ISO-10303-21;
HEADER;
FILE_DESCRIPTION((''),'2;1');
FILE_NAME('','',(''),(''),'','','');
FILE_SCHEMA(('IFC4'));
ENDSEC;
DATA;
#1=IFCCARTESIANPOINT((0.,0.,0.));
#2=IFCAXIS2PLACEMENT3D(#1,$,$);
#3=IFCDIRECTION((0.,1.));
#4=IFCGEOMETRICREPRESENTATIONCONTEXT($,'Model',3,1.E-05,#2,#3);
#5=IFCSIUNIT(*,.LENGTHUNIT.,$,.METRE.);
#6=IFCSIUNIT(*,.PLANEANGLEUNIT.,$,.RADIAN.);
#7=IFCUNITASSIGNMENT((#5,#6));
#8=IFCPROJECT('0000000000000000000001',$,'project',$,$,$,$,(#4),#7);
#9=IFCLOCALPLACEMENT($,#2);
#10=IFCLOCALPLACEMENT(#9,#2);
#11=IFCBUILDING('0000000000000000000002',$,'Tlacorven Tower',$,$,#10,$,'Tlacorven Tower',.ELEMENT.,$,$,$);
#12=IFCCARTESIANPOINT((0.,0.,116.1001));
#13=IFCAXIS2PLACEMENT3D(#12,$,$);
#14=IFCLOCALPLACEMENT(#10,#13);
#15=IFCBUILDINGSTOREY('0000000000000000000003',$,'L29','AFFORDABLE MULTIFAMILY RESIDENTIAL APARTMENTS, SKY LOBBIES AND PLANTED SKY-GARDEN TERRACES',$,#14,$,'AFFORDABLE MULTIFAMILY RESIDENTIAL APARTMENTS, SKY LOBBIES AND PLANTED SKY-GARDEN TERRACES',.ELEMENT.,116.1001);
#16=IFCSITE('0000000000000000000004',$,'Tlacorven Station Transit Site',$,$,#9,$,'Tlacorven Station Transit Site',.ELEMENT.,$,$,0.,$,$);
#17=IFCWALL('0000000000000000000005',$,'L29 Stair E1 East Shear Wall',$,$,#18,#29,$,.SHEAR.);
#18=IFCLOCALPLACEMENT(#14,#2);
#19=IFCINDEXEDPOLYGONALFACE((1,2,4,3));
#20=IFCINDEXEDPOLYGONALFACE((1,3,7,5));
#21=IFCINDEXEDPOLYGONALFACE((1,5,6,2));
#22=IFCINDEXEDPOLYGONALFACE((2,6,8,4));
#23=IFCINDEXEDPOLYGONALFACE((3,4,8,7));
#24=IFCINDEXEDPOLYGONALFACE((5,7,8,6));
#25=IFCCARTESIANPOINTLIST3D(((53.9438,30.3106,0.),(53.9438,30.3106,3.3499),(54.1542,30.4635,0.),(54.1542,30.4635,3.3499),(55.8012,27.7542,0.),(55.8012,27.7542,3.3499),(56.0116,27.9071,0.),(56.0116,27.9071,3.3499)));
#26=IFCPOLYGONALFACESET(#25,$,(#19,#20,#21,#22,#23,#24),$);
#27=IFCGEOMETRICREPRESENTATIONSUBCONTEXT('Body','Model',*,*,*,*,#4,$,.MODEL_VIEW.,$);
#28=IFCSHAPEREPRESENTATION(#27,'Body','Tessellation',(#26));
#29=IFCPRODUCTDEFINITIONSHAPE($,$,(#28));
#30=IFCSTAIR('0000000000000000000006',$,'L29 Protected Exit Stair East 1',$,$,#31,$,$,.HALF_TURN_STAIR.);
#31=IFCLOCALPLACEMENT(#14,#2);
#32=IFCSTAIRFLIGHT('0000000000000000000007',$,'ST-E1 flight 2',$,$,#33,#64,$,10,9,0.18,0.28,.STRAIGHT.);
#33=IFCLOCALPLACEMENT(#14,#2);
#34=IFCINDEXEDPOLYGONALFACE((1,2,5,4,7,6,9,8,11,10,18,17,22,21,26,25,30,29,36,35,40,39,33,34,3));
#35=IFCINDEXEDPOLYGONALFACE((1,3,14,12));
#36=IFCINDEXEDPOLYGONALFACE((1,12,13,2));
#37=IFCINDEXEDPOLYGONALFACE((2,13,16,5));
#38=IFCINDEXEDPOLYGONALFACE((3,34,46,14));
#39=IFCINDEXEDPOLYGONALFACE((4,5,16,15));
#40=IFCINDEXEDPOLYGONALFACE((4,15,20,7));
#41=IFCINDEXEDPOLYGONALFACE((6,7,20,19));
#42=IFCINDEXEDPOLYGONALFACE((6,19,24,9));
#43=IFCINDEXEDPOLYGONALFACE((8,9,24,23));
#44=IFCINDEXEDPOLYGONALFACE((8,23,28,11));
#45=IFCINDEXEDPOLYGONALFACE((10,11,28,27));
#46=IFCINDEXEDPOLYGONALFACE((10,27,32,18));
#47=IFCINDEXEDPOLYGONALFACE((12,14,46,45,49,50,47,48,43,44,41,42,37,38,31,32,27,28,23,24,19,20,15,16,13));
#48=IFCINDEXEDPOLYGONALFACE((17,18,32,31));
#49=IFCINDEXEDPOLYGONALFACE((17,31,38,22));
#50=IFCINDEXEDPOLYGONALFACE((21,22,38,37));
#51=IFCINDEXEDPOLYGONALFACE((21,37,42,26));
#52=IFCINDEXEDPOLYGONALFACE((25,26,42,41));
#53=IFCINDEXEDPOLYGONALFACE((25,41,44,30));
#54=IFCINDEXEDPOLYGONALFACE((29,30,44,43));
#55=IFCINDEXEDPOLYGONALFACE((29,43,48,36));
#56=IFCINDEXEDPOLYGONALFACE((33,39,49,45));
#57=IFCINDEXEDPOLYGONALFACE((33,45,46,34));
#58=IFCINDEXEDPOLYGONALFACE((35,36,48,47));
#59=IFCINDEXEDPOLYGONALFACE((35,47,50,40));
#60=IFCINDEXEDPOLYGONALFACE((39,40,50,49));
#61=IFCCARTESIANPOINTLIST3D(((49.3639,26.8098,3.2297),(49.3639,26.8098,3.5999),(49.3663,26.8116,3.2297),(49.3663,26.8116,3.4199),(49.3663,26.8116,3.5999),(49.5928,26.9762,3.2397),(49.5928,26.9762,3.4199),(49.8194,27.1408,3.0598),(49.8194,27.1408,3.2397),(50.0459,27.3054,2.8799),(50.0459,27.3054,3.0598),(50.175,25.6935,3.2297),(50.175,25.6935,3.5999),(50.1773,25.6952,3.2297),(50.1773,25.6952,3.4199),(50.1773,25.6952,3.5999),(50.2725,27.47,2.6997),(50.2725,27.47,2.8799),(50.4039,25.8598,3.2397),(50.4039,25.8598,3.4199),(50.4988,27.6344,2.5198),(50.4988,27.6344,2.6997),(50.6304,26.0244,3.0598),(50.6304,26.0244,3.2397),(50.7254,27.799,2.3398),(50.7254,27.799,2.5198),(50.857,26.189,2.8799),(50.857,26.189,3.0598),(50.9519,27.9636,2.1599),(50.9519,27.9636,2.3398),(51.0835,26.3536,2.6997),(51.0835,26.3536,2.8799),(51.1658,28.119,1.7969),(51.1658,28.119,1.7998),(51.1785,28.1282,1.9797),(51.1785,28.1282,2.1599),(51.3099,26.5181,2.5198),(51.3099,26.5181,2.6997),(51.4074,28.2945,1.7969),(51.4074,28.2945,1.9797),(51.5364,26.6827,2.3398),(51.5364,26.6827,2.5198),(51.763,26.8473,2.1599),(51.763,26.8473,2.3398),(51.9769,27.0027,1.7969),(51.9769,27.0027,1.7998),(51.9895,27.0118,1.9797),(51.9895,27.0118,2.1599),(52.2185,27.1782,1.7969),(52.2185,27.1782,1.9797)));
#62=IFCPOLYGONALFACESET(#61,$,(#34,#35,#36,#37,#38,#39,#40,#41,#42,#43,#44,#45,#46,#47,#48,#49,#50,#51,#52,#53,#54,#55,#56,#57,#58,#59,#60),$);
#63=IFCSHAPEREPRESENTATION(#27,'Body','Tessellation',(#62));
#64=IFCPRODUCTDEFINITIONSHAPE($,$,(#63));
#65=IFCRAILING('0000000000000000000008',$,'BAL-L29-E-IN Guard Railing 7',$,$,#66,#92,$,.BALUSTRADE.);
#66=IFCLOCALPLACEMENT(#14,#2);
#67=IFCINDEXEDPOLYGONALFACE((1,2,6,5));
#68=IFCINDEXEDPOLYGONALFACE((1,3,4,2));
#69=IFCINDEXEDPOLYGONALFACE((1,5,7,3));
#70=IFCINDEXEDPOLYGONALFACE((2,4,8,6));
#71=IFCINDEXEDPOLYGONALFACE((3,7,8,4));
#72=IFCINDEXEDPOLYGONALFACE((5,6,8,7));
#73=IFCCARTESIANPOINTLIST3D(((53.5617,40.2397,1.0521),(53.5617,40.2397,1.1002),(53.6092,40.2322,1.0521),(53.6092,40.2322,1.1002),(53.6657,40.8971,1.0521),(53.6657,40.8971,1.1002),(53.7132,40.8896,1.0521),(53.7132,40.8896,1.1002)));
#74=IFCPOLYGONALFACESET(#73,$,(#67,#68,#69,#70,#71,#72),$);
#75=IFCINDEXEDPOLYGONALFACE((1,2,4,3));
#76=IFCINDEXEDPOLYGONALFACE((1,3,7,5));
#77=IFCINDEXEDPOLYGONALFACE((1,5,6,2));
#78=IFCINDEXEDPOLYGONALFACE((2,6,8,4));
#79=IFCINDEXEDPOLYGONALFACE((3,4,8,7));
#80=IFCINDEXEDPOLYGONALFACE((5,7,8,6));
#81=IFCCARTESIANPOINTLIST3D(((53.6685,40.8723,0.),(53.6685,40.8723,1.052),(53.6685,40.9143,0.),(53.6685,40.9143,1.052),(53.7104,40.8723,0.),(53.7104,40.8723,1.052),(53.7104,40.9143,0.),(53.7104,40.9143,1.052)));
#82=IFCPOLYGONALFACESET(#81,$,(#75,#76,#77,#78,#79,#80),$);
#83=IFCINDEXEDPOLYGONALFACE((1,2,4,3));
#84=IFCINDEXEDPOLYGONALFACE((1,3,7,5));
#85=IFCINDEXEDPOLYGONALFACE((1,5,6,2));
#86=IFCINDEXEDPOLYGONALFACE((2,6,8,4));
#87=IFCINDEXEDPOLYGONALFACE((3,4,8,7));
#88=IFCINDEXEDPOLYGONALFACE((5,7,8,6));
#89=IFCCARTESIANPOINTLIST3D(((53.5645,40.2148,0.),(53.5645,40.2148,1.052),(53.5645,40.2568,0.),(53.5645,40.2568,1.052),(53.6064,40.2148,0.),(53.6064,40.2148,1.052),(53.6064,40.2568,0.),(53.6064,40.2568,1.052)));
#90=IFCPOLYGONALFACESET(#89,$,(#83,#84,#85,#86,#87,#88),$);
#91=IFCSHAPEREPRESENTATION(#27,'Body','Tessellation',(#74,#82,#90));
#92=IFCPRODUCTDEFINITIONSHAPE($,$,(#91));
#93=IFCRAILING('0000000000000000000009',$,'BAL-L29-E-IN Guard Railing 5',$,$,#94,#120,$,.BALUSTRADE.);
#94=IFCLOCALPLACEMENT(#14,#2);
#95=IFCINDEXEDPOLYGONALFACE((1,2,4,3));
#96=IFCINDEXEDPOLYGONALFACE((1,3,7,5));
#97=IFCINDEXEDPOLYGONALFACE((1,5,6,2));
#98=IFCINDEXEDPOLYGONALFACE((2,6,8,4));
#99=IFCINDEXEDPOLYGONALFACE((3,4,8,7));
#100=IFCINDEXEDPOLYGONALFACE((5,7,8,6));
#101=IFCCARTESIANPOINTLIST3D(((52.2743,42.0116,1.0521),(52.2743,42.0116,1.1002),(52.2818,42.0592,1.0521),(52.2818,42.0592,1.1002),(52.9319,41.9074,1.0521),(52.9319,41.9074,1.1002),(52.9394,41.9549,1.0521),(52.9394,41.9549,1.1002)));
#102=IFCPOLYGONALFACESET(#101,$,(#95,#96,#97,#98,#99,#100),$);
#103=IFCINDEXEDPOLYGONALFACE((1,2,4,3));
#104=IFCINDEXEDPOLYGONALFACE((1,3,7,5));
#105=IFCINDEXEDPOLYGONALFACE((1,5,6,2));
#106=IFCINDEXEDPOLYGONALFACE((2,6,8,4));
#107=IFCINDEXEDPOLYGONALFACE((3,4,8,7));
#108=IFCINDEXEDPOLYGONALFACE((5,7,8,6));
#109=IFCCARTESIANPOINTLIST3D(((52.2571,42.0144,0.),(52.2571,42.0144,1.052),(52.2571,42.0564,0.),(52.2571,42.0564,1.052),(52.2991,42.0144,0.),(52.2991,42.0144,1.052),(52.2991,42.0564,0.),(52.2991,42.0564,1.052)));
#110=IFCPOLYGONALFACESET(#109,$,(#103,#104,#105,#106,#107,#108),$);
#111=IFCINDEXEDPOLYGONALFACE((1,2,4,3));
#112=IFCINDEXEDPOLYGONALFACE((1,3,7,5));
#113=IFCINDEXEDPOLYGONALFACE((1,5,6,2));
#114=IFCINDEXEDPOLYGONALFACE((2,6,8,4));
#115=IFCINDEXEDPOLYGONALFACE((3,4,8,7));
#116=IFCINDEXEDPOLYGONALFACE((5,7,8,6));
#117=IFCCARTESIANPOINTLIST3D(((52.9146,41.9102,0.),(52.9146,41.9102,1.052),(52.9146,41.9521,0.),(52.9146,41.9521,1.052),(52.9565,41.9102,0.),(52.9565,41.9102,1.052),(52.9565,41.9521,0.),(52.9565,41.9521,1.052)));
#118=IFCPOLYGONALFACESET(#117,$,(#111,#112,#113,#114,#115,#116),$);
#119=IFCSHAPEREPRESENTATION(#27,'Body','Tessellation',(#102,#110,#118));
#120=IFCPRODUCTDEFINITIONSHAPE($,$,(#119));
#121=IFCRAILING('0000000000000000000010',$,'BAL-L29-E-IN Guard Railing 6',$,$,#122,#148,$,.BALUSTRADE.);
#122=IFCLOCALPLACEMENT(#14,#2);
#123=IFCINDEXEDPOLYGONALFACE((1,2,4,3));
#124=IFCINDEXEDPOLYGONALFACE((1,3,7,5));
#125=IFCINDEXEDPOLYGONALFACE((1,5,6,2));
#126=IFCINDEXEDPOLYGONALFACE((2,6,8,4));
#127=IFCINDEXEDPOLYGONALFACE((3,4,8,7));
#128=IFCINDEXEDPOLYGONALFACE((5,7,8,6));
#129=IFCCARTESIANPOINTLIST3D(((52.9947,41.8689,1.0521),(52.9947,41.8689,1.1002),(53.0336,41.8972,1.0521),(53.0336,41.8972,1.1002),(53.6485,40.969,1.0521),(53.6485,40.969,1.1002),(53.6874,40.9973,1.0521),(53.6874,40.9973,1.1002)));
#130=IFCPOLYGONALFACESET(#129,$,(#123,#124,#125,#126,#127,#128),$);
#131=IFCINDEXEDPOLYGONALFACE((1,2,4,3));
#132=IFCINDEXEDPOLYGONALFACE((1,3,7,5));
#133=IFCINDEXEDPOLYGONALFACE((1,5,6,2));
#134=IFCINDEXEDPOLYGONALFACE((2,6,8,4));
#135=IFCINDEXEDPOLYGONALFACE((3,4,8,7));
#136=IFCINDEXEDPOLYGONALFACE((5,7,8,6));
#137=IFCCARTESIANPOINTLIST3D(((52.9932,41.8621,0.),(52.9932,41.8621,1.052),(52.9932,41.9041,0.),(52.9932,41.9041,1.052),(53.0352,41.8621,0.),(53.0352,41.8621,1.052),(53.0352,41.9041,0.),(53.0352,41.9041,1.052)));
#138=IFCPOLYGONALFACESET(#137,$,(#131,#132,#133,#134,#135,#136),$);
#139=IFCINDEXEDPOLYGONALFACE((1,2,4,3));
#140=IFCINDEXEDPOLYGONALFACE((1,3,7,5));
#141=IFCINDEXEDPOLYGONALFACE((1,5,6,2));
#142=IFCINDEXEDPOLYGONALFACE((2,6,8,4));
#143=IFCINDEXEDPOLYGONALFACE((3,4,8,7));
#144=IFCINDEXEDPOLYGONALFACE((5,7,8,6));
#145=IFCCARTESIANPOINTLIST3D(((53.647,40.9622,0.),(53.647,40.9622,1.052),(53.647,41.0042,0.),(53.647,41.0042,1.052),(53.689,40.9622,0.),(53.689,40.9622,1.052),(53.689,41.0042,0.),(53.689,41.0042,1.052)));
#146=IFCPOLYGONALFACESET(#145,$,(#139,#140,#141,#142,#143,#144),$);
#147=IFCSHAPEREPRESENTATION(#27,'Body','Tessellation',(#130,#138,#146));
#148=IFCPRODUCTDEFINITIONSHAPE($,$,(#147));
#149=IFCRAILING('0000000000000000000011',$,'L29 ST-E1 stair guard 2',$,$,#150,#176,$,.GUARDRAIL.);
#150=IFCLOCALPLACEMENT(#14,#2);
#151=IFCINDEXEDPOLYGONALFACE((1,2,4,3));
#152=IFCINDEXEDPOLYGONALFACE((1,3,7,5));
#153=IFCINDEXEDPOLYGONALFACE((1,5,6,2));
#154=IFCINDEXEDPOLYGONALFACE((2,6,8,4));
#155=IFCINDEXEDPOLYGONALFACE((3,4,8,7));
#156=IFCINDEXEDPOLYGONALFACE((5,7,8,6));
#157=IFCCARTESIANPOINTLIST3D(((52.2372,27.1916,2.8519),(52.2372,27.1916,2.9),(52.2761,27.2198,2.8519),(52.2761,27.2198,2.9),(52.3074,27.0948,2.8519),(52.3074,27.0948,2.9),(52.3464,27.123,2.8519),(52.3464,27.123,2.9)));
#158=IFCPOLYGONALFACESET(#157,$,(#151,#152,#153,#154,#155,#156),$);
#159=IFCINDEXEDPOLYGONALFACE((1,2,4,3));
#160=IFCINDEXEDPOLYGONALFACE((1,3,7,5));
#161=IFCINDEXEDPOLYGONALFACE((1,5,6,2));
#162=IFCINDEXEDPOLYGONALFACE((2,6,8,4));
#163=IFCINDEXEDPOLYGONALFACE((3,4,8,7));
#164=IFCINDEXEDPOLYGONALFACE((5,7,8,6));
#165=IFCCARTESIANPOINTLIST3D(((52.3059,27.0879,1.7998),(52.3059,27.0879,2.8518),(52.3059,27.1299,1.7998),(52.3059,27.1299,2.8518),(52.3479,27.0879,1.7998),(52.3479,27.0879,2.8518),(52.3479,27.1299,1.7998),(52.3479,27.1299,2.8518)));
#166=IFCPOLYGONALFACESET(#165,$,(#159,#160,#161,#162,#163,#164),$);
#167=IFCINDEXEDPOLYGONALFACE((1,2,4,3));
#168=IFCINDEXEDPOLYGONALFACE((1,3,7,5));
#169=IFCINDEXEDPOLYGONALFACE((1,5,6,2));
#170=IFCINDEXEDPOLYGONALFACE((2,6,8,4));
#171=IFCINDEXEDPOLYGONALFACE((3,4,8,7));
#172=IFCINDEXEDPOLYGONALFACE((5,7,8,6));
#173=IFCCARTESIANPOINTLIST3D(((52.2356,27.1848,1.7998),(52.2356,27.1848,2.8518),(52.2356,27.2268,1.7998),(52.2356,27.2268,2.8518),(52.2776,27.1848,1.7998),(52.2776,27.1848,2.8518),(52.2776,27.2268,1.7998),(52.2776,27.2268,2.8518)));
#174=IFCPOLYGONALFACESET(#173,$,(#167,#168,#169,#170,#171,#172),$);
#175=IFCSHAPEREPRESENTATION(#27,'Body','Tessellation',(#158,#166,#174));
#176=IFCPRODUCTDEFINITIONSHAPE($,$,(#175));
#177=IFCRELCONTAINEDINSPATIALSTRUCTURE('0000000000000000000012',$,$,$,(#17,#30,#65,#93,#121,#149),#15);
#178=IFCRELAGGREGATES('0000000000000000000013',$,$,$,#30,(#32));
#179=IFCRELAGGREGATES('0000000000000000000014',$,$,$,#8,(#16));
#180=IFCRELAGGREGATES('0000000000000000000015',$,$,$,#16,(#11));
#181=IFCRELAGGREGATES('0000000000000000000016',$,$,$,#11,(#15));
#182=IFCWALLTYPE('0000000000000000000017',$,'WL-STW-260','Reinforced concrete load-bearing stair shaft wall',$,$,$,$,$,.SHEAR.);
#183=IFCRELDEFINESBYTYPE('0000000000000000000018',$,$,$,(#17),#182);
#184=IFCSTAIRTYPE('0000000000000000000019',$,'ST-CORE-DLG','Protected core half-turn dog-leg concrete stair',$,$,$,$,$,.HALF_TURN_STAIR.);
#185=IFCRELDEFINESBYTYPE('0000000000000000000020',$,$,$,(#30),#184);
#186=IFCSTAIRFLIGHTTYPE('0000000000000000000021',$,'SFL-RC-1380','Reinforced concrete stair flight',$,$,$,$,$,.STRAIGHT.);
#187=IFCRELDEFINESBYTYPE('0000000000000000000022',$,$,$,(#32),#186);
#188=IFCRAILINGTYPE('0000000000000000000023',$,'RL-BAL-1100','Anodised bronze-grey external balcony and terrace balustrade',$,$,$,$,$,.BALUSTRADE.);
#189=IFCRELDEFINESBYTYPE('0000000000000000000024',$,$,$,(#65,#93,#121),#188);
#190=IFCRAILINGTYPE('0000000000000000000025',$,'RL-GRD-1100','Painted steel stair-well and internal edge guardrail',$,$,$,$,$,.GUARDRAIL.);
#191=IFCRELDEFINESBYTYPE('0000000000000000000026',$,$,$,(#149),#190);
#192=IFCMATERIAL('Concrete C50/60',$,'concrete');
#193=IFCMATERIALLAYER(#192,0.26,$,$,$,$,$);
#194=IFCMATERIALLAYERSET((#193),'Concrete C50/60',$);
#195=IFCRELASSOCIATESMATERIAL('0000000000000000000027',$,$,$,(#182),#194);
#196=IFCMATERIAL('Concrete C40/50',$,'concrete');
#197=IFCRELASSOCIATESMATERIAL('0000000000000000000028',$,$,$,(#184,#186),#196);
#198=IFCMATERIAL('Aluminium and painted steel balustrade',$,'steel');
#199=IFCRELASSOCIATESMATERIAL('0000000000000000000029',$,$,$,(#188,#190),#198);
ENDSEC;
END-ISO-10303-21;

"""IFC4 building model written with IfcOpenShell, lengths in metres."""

from ifc_helpers import new_model, si_unit, direction, frame, frame_2d, origin, origin_2d, place, context, subcontext, project, spatial, polyline, rectangle, outline, extrude, source, transform, mapped, material, layer, layer_set, type_object, element, aggregate, save


model = new_model("IFC4")

# Units and contexts
model_context = context("Model", 3, precision=1e-05, world=origin(), true_north=direction((0.0, 1.0)))
body_context = subcontext(model_context, "Body", "Model", "MODEL_VIEW")
ifc_project = project(units=[si_unit("LENGTHUNIT", "METRE"), si_unit("PLANEANGLEUNIT", "RADIAN")], contexts=[model_context])

# Site, building, storey
site_placement = place(None, origin())
site = spatial("IfcSite", under=ifc_project, at=site_placement, Name="Tlacorven Station Transit Site", LongName="Tlacorven Station Transit Site", CompositionType="ELEMENT", RefElevation=0.0)
building_placement = place(site_placement, origin())
building = spatial("IfcBuilding", under=site, at=building_placement, Name="Tlacorven Tower", LongName="Tlacorven Tower", CompositionType="ELEMENT")
storey_placement = place(building_placement, frame((0.0, 0.0, 116.1001)))
storey = spatial("IfcBuildingStorey", under=building, at=storey_placement, Name="L29", Description="AFFORDABLE MULTIFAMILY RESIDENTIAL APARTMENTS, SKY LOBBIES AND PLANTED SKY-GARDEN TERRACES", LongName="AFFORDABLE MULTIFAMILY RESIDENTIAL APARTMENTS, SKY LOBBIES AND PLANTED SKY-GARDEN TERRACES", CompositionType="ELEMENT", Elevation=116.1001)

# Wall
ifc_material_1 = material(Name="Concrete C50/60", Category="concrete")
ifc_layer_1 = layer(ifc_material_1, 0.26)
ifc_layer_set_1 = layer_set([ifc_layer_1], Name="Concrete C50/60")
wall_type_1 = type_object("IfcWallType", Name="WL-STW-260", Description="Reinforced concrete load-bearing stair shaft wall", PredefinedType="SHEAR", material=ifc_layer_set_1)
wall_1_placement = place(storey_placement, frame((55.9065, 27.8306, 0.0), z_axis=(0.0, 0.0, 1.0), x_axis=(-0.587804, 0.809003, 0.0)))
element("IfcWall", 1, at=wall_1_placement, inside=storey, type_object=wall_type_1, Name="L29 Stair E1 East Shear Wall", PredefinedType="SHEAR", context=body_context, shape_type="SweptSolid", body=[
    extrude(rectangle(XDim=3.1599, YDim=0.26, at=frame_2d((1.5801, 0.0))), origin(), (0.0, 0.0, 1.0), 3.3499),
])

# Stair, stair flight
ifc_material_2 = material(Name="Concrete C40/50", Category="concrete")
stair_type = type_object("IfcStairType", Name="ST-CORE-DLG", Description="Protected core half-turn dog-leg concrete stair", PredefinedType="HALF_TURN_STAIR", material=ifc_material_2)
stair_placement = place(storey_placement, origin())
stair = element("IfcStair", 2, at=stair_placement, inside=storey, type_object=stair_type, Name="L29 Protected Exit Stair East 1", PredefinedType="HALF_TURN_STAIR")
stair_flight_type = type_object("IfcStairFlightType", Name="SFL-RC-1380", Description="Reinforced concrete stair flight", PredefinedType="STRAIGHT", material=ifc_material_2)
shared_shape_1 = source(origin(), body_context, "Body", "SweptSolid", [
    extrude(outline(polyline([(-0.0029, -0.0029), (-0.0029, 0.1799), (0.28, 0.1799), (0.28, 0.3601), (0.5601, 0.3601), (0.5601, 0.54), (0.8401, 0.54), (0.8401, 0.72), (1.1201, 0.72), (1.1201, 0.8999), (1.3999, 0.8999), (1.3999, 1.0801), (1.6799, 1.0801), (1.6799, 1.26), (1.96, 1.26), (1.96, 1.4399), (2.24, 1.4399), (2.24, 1.6201), (2.52, 1.6201), (2.52, 1.8), (2.5229, 1.8), (2.5229, 1.4299), (2.52, 1.4299), (0.2957, 0.0), (0.2957, -0.0029), (-0.0029, -0.0029)])), frame((0.0, 0.6899, 0.0), z_axis=(0.0, -1.0, 0.0), x_axis=(1.0, 0.0, 0.0)), (0.0, 0.0, 1.0), 1.3799),
])
stair_flight_placement = place(storey_placement, frame((51.8105, 27.7346, 1.7998), z_axis=(0.0, 0.0, 1.0), x_axis=(-0.809017, -0.587785, 0.0)))
stair_flight = element("IfcStairFlight", 3, at=stair_flight_placement, type_object=stair_flight_type, Name="ST-E1 flight 2", NumberOfRisers=10, NumberOfTreads=9, PredefinedType="STRAIGHT", RiserHeight=0.18, TreadLength=0.28, context=body_context, shape_type="MappedRepresentation", body=[
    mapped(shared_shape_1, transform((0.0, 0.0, 0.0), scale=1.0)),
])
aggregate(stair, [stair_flight])

# Railings
ifc_material_3 = material(Name="Aluminium and painted steel balustrade", Category="steel")
railing_type_1 = type_object("IfcRailingType", Name="RL-BAL-1100", Description="Anodised bronze-grey external balcony and terrace balustrade", PredefinedType="BALUSTRADE", material=ifc_material_3)
shared_shape_2 = source(origin(), body_context, "Body", "SweptSolid", [
    extrude(rectangle(XDim=0.0481, YDim=0.0481, at=origin_2d()), frame((0.0, 0.0, 1.0762), z_axis=(-0.156245, -0.987718, 0.0), x_axis=(0.987718, -0.156245, 0.0)), (0.0, 0.0, 1.0), 0.6655),
    extrude(rectangle(XDim=0.042, YDim=0.042, at=origin_2d()), origin(), (0.0, 0.0, 1.0), 1.052),
    extrude(rectangle(XDim=0.042, YDim=0.042, at=origin_2d()), frame((-0.104, -0.6575, 0.0)), (0.0, 0.0, 1.0), 1.052),
])
railing_1_placement = place(storey_placement, frame((53.6895, 40.8933, 0.0)))
element("IfcRailing", 4, at=railing_1_placement, inside=storey, type_object=railing_type_1, Name="BAL-L29-E-IN Guard Railing 7", PredefinedType="BALUSTRADE", context=body_context, shape_type="MappedRepresentation", body=[
    mapped(shared_shape_2, transform((0.0, 0.0, 0.0), scale=1.0)),
])
shared_shape_3 = source(origin(), body_context, "Body", "SweptSolid", [
    extrude(rectangle(XDim=0.0481, YDim=0.0481, at=origin_2d()), frame((0.0, 0.0, 1.0762), z_axis=(0.987662, -0.156603, 0.0), x_axis=(0.156603, 0.987662, 0.0)), (0.0, 0.0, 1.0), 0.6658),
    extrude(rectangle(XDim=0.042, YDim=0.042, at=origin_2d()), origin(), (0.0, 0.0, 1.0), 1.052),
    extrude(rectangle(XDim=0.042, YDim=0.042, at=origin_2d()), frame((0.6575, -0.1042, 0.0)), (0.0, 0.0, 1.0), 1.052),
])
railing_2_placement = place(storey_placement, frame((52.2781, 42.0354, 0.0)))
element("IfcRailing", 5, at=railing_2_placement, inside=storey, type_object=railing_type_1, Name="BAL-L29-E-IN Guard Railing 5", PredefinedType="BALUSTRADE", context=body_context, shape_type="MappedRepresentation", body=[
    mapped(shared_shape_3, transform((0.0, 0.0, 0.0), scale=1.0)),
])
shared_shape_4 = source(origin(), body_context, "Body", "SweptSolid", [
    extrude(rectangle(XDim=0.0481, YDim=0.0481, at=origin_2d()), frame((0.0, 0.0, 1.0762), z_axis=(0.58778, -0.809021, 0.0), x_axis=(0.809021, 0.58778, 0.0)), (0.0, 0.0, 1.0), 1.1123),
    extrude(rectangle(XDim=0.042, YDim=0.042, at=origin_2d()), origin(), (0.0, 0.0, 1.0), 1.052),
    extrude(rectangle(XDim=0.042, YDim=0.042, at=origin_2d()), frame((0.6538, -0.8999, 0.0)), (0.0, 0.0, 1.0), 1.052),
])
railing_3_placement = place(storey_placement, frame((53.0142, 41.8831, 0.0)))
element("IfcRailing", 6, at=railing_3_placement, inside=storey, type_object=railing_type_1, Name="BAL-L29-E-IN Guard Railing 6", PredefinedType="BALUSTRADE", context=body_context, shape_type="MappedRepresentation", body=[
    mapped(shared_shape_4, transform((0.0, 0.0, 0.0), scale=1.0)),
])
railing_type_2 = type_object("IfcRailingType", Name="RL-GRD-1100", Description="Painted steel stair-well and internal edge guardrail", PredefinedType="GUARDRAIL", material=ifc_material_3)
shared_shape_5 = source(origin(), body_context, "Body", "SweptSolid", [
    extrude(rectangle(XDim=0.0481, YDim=0.0481, at=origin_2d()), frame((0.0, 0.0, 1.0762), z_axis=(-0.587201, 0.809441, 0.0), x_axis=(-0.809441, -0.587201, 0.0)), (0.0, 0.0, 1.0), 0.1196),
    extrude(rectangle(XDim=0.042, YDim=0.042, at=origin_2d()), origin(), (0.0, 0.0, 1.0), 1.052),
    extrude(rectangle(XDim=0.042, YDim=0.042, at=origin_2d()), frame((-0.0703, 0.0969, 0.0)), (0.0, 0.0, 1.0), 1.052),
])
railing_4_placement = place(storey_placement, frame((52.3269, 27.1089, 1.7998)))
element("IfcRailing", 7, at=railing_4_placement, inside=storey, type_object=railing_type_2, Name="L29 ST-E1 stair guard 2", PredefinedType="GUARDRAIL", context=body_context, shape_type="MappedRepresentation", body=[
    mapped(shared_shape_5, transform((0.0, 0.0, 0.0), scale=1.0)),
])

save(model, "model.ifc")
